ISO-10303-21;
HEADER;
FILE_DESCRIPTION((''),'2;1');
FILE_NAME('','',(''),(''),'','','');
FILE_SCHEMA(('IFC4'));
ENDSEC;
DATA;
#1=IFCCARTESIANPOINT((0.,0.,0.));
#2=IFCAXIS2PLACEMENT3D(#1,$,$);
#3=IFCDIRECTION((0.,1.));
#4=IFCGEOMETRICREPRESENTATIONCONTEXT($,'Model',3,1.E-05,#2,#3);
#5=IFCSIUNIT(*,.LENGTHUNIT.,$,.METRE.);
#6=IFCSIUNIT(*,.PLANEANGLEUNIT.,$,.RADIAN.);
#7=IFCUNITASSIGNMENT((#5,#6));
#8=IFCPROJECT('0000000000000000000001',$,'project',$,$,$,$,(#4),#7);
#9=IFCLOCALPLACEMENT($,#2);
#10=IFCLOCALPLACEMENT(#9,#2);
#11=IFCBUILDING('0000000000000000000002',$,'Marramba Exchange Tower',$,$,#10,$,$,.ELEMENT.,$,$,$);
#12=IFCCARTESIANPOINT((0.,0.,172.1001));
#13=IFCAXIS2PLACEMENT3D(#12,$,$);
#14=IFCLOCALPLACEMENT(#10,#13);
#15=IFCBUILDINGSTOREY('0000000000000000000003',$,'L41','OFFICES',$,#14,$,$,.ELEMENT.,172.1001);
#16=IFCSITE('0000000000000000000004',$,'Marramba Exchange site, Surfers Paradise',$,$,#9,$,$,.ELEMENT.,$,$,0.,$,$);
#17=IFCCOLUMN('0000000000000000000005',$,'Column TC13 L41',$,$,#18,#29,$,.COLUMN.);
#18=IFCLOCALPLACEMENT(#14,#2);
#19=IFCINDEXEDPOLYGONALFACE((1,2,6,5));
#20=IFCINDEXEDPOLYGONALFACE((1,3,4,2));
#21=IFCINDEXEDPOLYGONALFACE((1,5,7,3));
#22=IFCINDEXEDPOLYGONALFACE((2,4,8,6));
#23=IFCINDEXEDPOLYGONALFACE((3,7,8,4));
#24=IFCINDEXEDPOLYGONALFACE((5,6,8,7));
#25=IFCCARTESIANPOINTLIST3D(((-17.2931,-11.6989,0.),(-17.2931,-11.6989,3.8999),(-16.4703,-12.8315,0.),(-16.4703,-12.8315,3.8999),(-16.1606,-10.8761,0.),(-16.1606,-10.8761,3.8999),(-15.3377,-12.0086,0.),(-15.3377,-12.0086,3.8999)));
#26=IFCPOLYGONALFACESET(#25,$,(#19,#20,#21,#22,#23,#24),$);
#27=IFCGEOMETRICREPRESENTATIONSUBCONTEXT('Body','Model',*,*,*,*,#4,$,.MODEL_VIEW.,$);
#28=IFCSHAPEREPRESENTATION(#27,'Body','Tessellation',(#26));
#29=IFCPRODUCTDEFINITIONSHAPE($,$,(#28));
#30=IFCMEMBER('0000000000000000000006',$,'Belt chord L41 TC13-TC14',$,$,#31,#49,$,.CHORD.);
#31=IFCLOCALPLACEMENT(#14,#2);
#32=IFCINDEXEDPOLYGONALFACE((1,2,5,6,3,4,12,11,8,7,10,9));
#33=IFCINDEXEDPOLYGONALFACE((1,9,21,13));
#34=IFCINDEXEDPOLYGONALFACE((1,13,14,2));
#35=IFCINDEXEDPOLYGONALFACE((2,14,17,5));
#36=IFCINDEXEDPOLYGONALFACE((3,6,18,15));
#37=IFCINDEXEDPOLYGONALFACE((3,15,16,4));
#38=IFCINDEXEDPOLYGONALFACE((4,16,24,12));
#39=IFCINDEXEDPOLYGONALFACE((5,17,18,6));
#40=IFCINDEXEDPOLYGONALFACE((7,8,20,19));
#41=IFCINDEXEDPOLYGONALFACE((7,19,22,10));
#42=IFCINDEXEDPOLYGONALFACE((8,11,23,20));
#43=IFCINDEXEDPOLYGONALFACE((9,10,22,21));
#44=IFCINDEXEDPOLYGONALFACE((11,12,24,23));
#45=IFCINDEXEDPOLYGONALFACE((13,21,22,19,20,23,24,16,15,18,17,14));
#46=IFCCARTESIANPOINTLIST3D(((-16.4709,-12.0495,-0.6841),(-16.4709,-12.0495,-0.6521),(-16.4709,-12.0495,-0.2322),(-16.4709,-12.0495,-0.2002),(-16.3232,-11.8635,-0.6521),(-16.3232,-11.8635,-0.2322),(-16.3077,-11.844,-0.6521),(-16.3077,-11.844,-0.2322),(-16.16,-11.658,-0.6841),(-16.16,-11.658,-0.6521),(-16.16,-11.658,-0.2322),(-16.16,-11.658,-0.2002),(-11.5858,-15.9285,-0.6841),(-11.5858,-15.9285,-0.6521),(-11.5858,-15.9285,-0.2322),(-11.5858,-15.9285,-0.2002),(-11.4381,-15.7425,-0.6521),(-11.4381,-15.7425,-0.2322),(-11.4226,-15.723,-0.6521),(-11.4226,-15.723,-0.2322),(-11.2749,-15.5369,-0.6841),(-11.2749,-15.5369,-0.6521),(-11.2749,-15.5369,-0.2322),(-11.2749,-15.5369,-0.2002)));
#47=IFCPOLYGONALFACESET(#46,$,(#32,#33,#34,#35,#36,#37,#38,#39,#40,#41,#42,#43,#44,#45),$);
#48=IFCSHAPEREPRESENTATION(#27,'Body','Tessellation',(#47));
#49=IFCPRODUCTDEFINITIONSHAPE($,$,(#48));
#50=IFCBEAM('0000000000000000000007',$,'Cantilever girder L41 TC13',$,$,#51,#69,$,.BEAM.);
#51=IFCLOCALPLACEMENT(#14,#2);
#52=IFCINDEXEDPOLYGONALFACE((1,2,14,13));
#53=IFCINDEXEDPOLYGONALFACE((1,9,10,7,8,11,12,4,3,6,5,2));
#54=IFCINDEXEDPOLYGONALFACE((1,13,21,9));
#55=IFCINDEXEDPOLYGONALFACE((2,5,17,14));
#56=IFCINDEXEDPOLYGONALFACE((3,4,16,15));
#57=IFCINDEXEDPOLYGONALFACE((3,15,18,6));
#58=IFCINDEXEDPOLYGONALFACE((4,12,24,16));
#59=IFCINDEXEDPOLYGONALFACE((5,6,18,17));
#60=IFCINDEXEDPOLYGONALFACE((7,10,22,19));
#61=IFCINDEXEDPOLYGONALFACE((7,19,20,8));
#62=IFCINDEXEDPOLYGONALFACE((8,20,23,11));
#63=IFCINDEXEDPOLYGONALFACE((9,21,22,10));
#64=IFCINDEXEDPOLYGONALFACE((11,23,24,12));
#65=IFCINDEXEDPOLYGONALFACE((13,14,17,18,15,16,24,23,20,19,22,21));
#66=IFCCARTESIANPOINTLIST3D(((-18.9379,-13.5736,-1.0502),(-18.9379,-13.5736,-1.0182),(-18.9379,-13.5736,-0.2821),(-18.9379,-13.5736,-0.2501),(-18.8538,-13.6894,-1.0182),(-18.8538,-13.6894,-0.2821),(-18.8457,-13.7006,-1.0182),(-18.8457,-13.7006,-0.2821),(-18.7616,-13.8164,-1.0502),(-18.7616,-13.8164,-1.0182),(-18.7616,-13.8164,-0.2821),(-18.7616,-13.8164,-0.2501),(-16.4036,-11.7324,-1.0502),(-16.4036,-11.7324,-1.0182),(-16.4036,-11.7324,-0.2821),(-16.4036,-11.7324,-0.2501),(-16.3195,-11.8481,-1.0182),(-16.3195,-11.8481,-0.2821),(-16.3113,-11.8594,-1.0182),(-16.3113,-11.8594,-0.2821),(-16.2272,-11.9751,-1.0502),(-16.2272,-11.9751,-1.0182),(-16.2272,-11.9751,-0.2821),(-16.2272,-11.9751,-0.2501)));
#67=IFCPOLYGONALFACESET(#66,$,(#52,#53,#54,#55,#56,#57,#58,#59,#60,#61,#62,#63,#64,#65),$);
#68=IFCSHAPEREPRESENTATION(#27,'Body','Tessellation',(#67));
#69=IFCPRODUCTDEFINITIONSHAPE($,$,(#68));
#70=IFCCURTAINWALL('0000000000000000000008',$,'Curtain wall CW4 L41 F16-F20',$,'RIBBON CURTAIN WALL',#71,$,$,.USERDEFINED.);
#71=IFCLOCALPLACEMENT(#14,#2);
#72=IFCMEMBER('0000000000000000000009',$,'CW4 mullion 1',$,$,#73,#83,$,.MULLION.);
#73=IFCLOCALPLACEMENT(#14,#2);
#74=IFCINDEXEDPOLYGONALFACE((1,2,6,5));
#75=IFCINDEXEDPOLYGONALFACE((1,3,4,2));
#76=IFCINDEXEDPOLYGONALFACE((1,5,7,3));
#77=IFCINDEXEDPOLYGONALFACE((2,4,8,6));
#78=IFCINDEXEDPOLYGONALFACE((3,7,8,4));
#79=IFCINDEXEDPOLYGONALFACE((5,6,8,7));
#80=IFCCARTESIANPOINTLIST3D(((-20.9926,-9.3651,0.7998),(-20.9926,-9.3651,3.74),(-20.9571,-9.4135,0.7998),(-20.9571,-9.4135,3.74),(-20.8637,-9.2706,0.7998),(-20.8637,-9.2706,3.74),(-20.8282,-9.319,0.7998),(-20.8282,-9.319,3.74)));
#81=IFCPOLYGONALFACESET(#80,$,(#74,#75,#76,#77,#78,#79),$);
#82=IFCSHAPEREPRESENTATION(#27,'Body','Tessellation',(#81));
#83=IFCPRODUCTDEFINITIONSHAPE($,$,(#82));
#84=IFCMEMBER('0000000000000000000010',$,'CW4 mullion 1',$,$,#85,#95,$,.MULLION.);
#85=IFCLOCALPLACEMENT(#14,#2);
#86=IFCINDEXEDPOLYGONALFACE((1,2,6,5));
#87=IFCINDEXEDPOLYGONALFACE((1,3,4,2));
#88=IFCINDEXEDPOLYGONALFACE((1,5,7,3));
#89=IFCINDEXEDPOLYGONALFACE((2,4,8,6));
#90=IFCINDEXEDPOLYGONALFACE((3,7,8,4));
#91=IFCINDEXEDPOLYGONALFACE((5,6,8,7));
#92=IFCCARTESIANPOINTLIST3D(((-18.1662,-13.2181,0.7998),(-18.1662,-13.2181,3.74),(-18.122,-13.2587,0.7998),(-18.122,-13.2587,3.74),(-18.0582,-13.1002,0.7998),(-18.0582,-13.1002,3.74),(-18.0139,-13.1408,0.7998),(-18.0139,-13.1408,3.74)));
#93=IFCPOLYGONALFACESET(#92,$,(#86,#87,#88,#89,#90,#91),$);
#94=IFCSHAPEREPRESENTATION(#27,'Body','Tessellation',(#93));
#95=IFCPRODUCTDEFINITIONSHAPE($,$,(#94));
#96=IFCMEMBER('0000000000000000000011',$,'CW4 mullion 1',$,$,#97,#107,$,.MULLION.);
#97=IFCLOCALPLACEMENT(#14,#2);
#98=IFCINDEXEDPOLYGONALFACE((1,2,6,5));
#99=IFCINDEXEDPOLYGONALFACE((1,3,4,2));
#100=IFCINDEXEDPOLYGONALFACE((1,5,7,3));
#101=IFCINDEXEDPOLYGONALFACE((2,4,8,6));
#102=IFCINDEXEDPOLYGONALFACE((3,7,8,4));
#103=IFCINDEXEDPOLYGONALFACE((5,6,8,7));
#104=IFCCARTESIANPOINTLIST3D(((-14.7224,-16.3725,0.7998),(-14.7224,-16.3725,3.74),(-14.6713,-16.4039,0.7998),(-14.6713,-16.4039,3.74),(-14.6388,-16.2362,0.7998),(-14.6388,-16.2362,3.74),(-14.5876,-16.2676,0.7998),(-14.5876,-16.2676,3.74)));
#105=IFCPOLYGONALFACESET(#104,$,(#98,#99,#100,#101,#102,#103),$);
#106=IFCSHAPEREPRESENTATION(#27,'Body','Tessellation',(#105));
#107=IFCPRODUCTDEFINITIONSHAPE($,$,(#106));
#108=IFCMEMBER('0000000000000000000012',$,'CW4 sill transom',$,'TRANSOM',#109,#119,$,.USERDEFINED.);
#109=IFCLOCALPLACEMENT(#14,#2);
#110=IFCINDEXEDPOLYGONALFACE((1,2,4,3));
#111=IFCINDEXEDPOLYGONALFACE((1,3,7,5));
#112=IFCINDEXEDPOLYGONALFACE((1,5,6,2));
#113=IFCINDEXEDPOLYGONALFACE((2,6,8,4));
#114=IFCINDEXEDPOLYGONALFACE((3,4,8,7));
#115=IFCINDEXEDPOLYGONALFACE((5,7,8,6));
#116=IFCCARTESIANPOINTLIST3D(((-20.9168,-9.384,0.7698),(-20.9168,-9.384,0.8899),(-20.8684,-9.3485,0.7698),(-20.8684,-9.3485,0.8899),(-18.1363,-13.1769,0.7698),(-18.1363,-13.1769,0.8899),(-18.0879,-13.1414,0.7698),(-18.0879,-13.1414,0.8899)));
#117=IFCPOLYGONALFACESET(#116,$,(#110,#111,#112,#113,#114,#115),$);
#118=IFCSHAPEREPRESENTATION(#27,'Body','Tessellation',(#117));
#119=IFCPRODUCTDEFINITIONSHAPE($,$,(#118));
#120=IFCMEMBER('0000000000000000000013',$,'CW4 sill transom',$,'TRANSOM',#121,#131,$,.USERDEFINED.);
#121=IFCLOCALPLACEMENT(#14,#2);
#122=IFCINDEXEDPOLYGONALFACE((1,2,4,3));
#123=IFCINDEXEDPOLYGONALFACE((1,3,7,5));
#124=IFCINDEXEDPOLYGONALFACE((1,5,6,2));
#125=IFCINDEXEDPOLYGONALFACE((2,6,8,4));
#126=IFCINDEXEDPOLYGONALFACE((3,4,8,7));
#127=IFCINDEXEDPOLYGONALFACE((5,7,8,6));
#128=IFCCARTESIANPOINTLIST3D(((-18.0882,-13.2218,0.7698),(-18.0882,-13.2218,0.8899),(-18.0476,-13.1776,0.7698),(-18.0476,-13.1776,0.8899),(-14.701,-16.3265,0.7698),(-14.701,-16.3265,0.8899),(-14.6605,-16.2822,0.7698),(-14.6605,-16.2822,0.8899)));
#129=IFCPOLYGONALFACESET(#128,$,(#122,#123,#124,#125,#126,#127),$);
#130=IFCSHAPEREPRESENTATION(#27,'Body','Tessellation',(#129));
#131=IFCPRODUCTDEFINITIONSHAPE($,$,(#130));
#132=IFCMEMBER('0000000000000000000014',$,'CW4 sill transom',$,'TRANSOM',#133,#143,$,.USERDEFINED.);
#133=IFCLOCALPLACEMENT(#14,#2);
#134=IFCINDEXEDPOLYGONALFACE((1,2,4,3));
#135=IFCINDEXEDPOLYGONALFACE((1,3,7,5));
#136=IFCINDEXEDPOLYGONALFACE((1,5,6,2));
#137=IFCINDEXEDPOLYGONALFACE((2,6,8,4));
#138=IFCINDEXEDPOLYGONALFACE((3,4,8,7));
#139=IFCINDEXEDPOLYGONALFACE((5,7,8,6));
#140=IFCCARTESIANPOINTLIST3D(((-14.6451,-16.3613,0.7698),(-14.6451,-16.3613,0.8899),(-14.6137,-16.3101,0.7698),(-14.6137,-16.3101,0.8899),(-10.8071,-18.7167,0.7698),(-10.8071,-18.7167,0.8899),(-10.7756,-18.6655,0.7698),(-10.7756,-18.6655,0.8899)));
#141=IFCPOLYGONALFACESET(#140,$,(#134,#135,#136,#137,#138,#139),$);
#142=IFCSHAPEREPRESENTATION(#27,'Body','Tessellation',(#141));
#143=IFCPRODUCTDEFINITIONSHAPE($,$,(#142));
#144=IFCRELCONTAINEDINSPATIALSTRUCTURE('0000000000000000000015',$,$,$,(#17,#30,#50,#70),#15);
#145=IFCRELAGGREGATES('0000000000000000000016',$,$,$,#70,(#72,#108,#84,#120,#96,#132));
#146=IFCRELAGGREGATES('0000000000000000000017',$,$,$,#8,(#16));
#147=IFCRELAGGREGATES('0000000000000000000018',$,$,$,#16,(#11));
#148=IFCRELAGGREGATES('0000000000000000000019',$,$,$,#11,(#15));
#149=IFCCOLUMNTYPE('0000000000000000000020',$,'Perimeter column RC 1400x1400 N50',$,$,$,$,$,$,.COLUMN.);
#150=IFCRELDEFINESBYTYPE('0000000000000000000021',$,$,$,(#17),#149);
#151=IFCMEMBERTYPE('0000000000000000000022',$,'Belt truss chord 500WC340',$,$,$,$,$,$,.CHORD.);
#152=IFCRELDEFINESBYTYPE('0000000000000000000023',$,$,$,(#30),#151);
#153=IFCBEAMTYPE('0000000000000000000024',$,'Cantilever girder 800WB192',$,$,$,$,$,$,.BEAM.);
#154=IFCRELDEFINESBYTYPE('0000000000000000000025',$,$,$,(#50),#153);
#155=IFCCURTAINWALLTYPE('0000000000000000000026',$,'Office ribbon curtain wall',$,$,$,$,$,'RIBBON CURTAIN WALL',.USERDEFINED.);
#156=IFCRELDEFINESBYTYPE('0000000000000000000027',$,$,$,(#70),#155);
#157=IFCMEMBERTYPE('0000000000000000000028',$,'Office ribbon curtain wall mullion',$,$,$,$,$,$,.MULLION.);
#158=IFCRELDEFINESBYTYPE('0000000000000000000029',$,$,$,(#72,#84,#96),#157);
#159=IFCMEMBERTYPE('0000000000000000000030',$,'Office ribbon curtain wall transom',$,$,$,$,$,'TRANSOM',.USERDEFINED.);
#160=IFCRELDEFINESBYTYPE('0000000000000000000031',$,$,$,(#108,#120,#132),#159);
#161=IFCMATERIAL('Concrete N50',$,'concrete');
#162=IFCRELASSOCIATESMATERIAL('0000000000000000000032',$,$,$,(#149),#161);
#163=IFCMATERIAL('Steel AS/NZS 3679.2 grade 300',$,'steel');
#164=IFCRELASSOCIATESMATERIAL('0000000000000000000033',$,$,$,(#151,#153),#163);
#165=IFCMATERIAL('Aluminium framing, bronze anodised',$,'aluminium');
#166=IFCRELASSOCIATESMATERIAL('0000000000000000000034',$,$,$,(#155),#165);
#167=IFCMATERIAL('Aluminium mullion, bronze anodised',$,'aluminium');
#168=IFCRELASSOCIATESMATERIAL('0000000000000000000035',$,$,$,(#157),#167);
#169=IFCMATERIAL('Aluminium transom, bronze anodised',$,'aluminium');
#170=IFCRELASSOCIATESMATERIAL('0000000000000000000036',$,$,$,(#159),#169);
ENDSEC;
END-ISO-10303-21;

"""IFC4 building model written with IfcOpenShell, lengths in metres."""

from ifc_helpers import new_model, si_unit, direction, frame, origin, origin_2d, place, context, subcontext, project, spatial, rectangle, i_section, extrude, material, material_profile, profile_set, type_object, element, aggregate, save


model = new_model("IFC4")

# Units and contexts
model_context = context("Model", 3, precision=1e-05, world=origin(), true_north=direction((0.0, 1.0)))
body_context = subcontext(model_context, "Body", "Model", "MODEL_VIEW")
ifc_project = project(units=[si_unit("LENGTHUNIT", "METRE"), si_unit("PLANEANGLEUNIT", "RADIAN")], contexts=[model_context])

# Site, building, storey
site_placement = place(None, origin())
site = spatial("IfcSite", under=ifc_project, at=site_placement, Name="Marramba Exchange site, Surfers Paradise", CompositionType="ELEMENT", RefElevation=0.0)
building_placement = place(site_placement, origin())
building = spatial("IfcBuilding", under=site, at=building_placement, Name="Marramba Exchange Tower", CompositionType="ELEMENT")
storey_placement = place(building_placement, frame((0.0, 0.0, 172.1001)))
storey = spatial("IfcBuildingStorey", under=building, at=storey_placement, Name="L41", Description="OFFICES", CompositionType="ELEMENT", Elevation=172.1001)

# Column
ifc_material_1 = material(Name="Concrete N50", Category="concrete")
ifc_material_profile_1 = material_profile(ifc_material_1, rectangle(XDim=1.3999, YDim=1.3999, at=origin_2d()), Name="RC 1400x1400")
ifc_profile_set_1 = profile_set([ifc_material_profile_1], Name="Concrete N50")
column_type = type_object("IfcColumnType", Name="Perimeter column RC 1400x1400 N50", PredefinedType="COLUMN", material=ifc_profile_set_1)
column_placement = place(storey_placement, frame((-16.3154, -11.8538, 0.0), z_axis=(0.0, 0.0, 1.0), x_axis=(-0.809017, -0.587785, 0.0)))
element("IfcColumn", 1, at=column_placement, inside=storey, type_object=column_type, Name="Column TC13 L41", PredefinedType="COLUMN", context=body_context, shape_type="SweptSolid", body=[
    extrude(rectangle(XDim=1.3999, YDim=1.3999, at=origin_2d()), origin(), (0.0, 0.0, 1.0), 3.8999),
])

# Member
ifc_material_2 = material(Name="Steel AS/NZS 3679.2 grade 300", Category="steel")
ifc_material_profile_2 = material_profile(ifc_material_2, i_section(OverallWidth=0.5, OverallDepth=0.4839, WebThickness=0.0249, FlangeThickness=0.032, at=origin_2d()), Name="500WC340")
ifc_profile_set_2 = profile_set([ifc_material_profile_2], Name="Steel AS/NZS 3679.2 grade 300")
member_type_1 = type_object("IfcMemberType", Name="Belt truss chord 500WC340", PredefinedType="CHORD", material=ifc_profile_set_2)
member_1_placement = place(storey_placement, frame((-16.3154, -11.8538, -0.4421), z_axis=(0.783139, -0.621846, 0.0), x_axis=(0.621846, 0.783139, 0.0)))
element("IfcMember", 2, at=member_1_placement, inside=storey, type_object=member_type_1, Name="Belt chord L41 TC13-TC14", PredefinedType="CHORD", context=body_context, shape_type="SweptSolid", body=[
    extrude(i_section(OverallWidth=0.5, OverallDepth=0.4839, WebThickness=0.0249, FlangeThickness=0.032, at=origin_2d()), origin(), (0.0, 0.0, 1.0), 6.2378),
])

# Beam
ifc_material_profile_3 = material_profile(ifc_material_2, i_section(OverallWidth=0.3, OverallDepth=0.8, WebThickness=0.0139, FlangeThickness=0.032, at=origin_2d()), Name="800WB192")
ifc_profile_set_3 = profile_set([ifc_material_profile_3], Name="Steel AS/NZS 3679.2 grade 300")
beam_type_1 = type_object("IfcBeamType", Name="Cantilever girder 800WB192", PredefinedType="BEAM", material=ifc_profile_set_3)
beam_1_placement = place(storey_placement, frame((-16.3154, -11.8538, -0.6501), z_axis=(-0.809026, -0.587773, 0.0), x_axis=(0.587773, -0.809026, 0.0)))
element("IfcBeam", 3, at=beam_1_placement, inside=storey, type_object=beam_type_1, Name="Cantilever girder L41 TC13", PredefinedType="BEAM", context=body_context, shape_type="SweptSolid", body=[
    extrude(i_section(OverallWidth=0.3, OverallDepth=0.8, WebThickness=0.0139, FlangeThickness=0.032, at=origin_2d()), origin(), (0.0, 0.0, 1.0), 3.1326),
])

# Curtain wall, members
ifc_material_3 = material(Name="Aluminium framing, bronze anodised", Category="aluminium")
curtain_wall_type = type_object("IfcCurtainWallType", Name="Office ribbon curtain wall", ElementType="RIBBON CURTAIN WALL", PredefinedType="USERDEFINED", material=ifc_material_3)
curtain_wall_placement = place(storey_placement, origin())
curtain_wall = element("IfcCurtainWall", 4, at=curtain_wall_placement, inside=storey, type_object=curtain_wall_type, Name="Curtain wall CW4 L41 F16-F20", ObjectType="RIBBON CURTAIN WALL", PredefinedType="USERDEFINED")
ifc_material_4 = material(Name="Aluminium mullion, bronze anodised", Category="aluminium")
ifc_material_profile_4 = material_profile(ifc_material_4, rectangle(XDim=0.1599, YDim=0.0601, at=origin_2d()), Name="CW4 mullion 60x160")
ifc_profile_set_4 = profile_set([ifc_material_profile_4], Name="Aluminium mullion, bronze anodised")
member_type_2 = type_object("IfcMemberType", Name="Office ribbon curtain wall mullion", PredefinedType="MULLION", material=ifc_profile_set_4)
member_2_placement = place(storey_placement, frame((-20.9104, -9.342, 0.7998), z_axis=(0.0, 0.0, 1.0), x_axis=(0.806508, 0.591223, 0.0)))
member_2 = element("IfcMember", 5, at=member_2_placement, type_object=member_type_2, Name="CW4 mullion 1", PredefinedType="MULLION", context=body_context, shape_type="SweptSolid", body=[
    extrude(rectangle(XDim=0.1599, YDim=0.0601, at=origin_2d()), origin(), (0.0, 0.0, 1.0), 2.9402),
])
member_3_placement = place(storey_placement, frame((-18.0901, -13.1794, 0.7998), z_axis=(0.0, 0.0, 1.0), x_axis=(0.675671, 0.737203, 0.0)))
member_3 = element("IfcMember", 6, at=member_3_placement, type_object=member_type_2, Name="CW4 mullion 1", PredefinedType="MULLION", context=body_context, shape_type="SweptSolid", body=[
    extrude(rectangle(XDim=0.1599, YDim=0.0601, at=origin_2d()), origin(), (0.0, 0.0, 1.0), 2.9402),
])
member_4_placement = place(storey_placement, frame((-14.655, -16.3201, 0.7998), z_axis=(0.0, 0.0, 1.0), x_axis=(0.523052, 0.852301, 0.0)))
member_4 = element("IfcMember", 7, at=member_4_placement, type_object=member_type_2, Name="CW4 mullion 1", PredefinedType="MULLION", context=body_context, shape_type="SweptSolid", body=[
    extrude(rectangle(XDim=0.1599, YDim=0.0601, at=origin_2d()), origin(), (0.0, 0.0, 1.0), 2.9402),
])
ifc_material_5 = material(Name="Aluminium transom, bronze anodised", Category="aluminium")
ifc_material_profile_5 = material_profile(ifc_material_5, rectangle(XDim=0.0601, YDim=0.1201, at=origin_2d()), Name="CW4 transom 60x120")
ifc_profile_set_5 = profile_set([ifc_material_profile_5], Name="Aluminium transom, bronze anodised")
member_type_3 = type_object("IfcMemberType", Name="Office ribbon curtain wall transom", ElementType="TRANSOM", PredefinedType="USERDEFINED", material=ifc_profile_set_5)
member_5_placement = place(storey_placement, frame((-20.8926, -9.3662, 0.8298), z_axis=(0.591226, -0.806506, 0.0), x_axis=(0.806506, 0.591226, 0.0)))
member_5 = element("IfcMember", 8, at=member_5_placement, type_object=member_type_3, Name="CW4 sill transom", ObjectType="TRANSOM", PredefinedType="USERDEFINED", context=body_context, shape_type="SweptSolid", body=[
    extrude(rectangle(XDim=0.0601, YDim=0.1201, at=origin_2d()), origin(), (0.0, 0.0, 1.0), 4.7029),
])
member_6_placement = place(storey_placement, frame((-18.0679, -13.1997, 0.8298), z_axis=(0.737176, -0.675701, 0.0), x_axis=(0.675701, 0.737176, 0.0)))
member_6 = element("IfcMember", 9, at=member_6_placement, type_object=member_type_3, Name="CW4 sill transom", ObjectType="TRANSOM", PredefinedType="USERDEFINED", context=body_context, shape_type="SweptSolid", body=[
    extrude(rectangle(XDim=0.0601, YDim=0.1201, at=origin_2d()), origin(), (0.0, 0.0, 1.0), 4.5947),
])
member_7_placement = place(storey_placement, frame((-14.6294, -16.3357, 0.8298), z_axis=(0.852298, -0.523056, 0.0), x_axis=(0.523056, 0.852298, 0.0)))
member_7 = element("IfcMember", 10, at=member_7_placement, type_object=member_type_3, Name="CW4 sill transom", ObjectType="TRANSOM", PredefinedType="USERDEFINED", context=body_context, shape_type="SweptSolid", body=[
    extrude(rectangle(XDim=0.0601, YDim=0.1201, at=origin_2d()), origin(), (0.0, 0.0, 1.0), 4.5032),
])

aggregate(curtain_wall, [member_2, member_5, member_3, member_6, member_4, member_7])

save(model, "model.ifc")
